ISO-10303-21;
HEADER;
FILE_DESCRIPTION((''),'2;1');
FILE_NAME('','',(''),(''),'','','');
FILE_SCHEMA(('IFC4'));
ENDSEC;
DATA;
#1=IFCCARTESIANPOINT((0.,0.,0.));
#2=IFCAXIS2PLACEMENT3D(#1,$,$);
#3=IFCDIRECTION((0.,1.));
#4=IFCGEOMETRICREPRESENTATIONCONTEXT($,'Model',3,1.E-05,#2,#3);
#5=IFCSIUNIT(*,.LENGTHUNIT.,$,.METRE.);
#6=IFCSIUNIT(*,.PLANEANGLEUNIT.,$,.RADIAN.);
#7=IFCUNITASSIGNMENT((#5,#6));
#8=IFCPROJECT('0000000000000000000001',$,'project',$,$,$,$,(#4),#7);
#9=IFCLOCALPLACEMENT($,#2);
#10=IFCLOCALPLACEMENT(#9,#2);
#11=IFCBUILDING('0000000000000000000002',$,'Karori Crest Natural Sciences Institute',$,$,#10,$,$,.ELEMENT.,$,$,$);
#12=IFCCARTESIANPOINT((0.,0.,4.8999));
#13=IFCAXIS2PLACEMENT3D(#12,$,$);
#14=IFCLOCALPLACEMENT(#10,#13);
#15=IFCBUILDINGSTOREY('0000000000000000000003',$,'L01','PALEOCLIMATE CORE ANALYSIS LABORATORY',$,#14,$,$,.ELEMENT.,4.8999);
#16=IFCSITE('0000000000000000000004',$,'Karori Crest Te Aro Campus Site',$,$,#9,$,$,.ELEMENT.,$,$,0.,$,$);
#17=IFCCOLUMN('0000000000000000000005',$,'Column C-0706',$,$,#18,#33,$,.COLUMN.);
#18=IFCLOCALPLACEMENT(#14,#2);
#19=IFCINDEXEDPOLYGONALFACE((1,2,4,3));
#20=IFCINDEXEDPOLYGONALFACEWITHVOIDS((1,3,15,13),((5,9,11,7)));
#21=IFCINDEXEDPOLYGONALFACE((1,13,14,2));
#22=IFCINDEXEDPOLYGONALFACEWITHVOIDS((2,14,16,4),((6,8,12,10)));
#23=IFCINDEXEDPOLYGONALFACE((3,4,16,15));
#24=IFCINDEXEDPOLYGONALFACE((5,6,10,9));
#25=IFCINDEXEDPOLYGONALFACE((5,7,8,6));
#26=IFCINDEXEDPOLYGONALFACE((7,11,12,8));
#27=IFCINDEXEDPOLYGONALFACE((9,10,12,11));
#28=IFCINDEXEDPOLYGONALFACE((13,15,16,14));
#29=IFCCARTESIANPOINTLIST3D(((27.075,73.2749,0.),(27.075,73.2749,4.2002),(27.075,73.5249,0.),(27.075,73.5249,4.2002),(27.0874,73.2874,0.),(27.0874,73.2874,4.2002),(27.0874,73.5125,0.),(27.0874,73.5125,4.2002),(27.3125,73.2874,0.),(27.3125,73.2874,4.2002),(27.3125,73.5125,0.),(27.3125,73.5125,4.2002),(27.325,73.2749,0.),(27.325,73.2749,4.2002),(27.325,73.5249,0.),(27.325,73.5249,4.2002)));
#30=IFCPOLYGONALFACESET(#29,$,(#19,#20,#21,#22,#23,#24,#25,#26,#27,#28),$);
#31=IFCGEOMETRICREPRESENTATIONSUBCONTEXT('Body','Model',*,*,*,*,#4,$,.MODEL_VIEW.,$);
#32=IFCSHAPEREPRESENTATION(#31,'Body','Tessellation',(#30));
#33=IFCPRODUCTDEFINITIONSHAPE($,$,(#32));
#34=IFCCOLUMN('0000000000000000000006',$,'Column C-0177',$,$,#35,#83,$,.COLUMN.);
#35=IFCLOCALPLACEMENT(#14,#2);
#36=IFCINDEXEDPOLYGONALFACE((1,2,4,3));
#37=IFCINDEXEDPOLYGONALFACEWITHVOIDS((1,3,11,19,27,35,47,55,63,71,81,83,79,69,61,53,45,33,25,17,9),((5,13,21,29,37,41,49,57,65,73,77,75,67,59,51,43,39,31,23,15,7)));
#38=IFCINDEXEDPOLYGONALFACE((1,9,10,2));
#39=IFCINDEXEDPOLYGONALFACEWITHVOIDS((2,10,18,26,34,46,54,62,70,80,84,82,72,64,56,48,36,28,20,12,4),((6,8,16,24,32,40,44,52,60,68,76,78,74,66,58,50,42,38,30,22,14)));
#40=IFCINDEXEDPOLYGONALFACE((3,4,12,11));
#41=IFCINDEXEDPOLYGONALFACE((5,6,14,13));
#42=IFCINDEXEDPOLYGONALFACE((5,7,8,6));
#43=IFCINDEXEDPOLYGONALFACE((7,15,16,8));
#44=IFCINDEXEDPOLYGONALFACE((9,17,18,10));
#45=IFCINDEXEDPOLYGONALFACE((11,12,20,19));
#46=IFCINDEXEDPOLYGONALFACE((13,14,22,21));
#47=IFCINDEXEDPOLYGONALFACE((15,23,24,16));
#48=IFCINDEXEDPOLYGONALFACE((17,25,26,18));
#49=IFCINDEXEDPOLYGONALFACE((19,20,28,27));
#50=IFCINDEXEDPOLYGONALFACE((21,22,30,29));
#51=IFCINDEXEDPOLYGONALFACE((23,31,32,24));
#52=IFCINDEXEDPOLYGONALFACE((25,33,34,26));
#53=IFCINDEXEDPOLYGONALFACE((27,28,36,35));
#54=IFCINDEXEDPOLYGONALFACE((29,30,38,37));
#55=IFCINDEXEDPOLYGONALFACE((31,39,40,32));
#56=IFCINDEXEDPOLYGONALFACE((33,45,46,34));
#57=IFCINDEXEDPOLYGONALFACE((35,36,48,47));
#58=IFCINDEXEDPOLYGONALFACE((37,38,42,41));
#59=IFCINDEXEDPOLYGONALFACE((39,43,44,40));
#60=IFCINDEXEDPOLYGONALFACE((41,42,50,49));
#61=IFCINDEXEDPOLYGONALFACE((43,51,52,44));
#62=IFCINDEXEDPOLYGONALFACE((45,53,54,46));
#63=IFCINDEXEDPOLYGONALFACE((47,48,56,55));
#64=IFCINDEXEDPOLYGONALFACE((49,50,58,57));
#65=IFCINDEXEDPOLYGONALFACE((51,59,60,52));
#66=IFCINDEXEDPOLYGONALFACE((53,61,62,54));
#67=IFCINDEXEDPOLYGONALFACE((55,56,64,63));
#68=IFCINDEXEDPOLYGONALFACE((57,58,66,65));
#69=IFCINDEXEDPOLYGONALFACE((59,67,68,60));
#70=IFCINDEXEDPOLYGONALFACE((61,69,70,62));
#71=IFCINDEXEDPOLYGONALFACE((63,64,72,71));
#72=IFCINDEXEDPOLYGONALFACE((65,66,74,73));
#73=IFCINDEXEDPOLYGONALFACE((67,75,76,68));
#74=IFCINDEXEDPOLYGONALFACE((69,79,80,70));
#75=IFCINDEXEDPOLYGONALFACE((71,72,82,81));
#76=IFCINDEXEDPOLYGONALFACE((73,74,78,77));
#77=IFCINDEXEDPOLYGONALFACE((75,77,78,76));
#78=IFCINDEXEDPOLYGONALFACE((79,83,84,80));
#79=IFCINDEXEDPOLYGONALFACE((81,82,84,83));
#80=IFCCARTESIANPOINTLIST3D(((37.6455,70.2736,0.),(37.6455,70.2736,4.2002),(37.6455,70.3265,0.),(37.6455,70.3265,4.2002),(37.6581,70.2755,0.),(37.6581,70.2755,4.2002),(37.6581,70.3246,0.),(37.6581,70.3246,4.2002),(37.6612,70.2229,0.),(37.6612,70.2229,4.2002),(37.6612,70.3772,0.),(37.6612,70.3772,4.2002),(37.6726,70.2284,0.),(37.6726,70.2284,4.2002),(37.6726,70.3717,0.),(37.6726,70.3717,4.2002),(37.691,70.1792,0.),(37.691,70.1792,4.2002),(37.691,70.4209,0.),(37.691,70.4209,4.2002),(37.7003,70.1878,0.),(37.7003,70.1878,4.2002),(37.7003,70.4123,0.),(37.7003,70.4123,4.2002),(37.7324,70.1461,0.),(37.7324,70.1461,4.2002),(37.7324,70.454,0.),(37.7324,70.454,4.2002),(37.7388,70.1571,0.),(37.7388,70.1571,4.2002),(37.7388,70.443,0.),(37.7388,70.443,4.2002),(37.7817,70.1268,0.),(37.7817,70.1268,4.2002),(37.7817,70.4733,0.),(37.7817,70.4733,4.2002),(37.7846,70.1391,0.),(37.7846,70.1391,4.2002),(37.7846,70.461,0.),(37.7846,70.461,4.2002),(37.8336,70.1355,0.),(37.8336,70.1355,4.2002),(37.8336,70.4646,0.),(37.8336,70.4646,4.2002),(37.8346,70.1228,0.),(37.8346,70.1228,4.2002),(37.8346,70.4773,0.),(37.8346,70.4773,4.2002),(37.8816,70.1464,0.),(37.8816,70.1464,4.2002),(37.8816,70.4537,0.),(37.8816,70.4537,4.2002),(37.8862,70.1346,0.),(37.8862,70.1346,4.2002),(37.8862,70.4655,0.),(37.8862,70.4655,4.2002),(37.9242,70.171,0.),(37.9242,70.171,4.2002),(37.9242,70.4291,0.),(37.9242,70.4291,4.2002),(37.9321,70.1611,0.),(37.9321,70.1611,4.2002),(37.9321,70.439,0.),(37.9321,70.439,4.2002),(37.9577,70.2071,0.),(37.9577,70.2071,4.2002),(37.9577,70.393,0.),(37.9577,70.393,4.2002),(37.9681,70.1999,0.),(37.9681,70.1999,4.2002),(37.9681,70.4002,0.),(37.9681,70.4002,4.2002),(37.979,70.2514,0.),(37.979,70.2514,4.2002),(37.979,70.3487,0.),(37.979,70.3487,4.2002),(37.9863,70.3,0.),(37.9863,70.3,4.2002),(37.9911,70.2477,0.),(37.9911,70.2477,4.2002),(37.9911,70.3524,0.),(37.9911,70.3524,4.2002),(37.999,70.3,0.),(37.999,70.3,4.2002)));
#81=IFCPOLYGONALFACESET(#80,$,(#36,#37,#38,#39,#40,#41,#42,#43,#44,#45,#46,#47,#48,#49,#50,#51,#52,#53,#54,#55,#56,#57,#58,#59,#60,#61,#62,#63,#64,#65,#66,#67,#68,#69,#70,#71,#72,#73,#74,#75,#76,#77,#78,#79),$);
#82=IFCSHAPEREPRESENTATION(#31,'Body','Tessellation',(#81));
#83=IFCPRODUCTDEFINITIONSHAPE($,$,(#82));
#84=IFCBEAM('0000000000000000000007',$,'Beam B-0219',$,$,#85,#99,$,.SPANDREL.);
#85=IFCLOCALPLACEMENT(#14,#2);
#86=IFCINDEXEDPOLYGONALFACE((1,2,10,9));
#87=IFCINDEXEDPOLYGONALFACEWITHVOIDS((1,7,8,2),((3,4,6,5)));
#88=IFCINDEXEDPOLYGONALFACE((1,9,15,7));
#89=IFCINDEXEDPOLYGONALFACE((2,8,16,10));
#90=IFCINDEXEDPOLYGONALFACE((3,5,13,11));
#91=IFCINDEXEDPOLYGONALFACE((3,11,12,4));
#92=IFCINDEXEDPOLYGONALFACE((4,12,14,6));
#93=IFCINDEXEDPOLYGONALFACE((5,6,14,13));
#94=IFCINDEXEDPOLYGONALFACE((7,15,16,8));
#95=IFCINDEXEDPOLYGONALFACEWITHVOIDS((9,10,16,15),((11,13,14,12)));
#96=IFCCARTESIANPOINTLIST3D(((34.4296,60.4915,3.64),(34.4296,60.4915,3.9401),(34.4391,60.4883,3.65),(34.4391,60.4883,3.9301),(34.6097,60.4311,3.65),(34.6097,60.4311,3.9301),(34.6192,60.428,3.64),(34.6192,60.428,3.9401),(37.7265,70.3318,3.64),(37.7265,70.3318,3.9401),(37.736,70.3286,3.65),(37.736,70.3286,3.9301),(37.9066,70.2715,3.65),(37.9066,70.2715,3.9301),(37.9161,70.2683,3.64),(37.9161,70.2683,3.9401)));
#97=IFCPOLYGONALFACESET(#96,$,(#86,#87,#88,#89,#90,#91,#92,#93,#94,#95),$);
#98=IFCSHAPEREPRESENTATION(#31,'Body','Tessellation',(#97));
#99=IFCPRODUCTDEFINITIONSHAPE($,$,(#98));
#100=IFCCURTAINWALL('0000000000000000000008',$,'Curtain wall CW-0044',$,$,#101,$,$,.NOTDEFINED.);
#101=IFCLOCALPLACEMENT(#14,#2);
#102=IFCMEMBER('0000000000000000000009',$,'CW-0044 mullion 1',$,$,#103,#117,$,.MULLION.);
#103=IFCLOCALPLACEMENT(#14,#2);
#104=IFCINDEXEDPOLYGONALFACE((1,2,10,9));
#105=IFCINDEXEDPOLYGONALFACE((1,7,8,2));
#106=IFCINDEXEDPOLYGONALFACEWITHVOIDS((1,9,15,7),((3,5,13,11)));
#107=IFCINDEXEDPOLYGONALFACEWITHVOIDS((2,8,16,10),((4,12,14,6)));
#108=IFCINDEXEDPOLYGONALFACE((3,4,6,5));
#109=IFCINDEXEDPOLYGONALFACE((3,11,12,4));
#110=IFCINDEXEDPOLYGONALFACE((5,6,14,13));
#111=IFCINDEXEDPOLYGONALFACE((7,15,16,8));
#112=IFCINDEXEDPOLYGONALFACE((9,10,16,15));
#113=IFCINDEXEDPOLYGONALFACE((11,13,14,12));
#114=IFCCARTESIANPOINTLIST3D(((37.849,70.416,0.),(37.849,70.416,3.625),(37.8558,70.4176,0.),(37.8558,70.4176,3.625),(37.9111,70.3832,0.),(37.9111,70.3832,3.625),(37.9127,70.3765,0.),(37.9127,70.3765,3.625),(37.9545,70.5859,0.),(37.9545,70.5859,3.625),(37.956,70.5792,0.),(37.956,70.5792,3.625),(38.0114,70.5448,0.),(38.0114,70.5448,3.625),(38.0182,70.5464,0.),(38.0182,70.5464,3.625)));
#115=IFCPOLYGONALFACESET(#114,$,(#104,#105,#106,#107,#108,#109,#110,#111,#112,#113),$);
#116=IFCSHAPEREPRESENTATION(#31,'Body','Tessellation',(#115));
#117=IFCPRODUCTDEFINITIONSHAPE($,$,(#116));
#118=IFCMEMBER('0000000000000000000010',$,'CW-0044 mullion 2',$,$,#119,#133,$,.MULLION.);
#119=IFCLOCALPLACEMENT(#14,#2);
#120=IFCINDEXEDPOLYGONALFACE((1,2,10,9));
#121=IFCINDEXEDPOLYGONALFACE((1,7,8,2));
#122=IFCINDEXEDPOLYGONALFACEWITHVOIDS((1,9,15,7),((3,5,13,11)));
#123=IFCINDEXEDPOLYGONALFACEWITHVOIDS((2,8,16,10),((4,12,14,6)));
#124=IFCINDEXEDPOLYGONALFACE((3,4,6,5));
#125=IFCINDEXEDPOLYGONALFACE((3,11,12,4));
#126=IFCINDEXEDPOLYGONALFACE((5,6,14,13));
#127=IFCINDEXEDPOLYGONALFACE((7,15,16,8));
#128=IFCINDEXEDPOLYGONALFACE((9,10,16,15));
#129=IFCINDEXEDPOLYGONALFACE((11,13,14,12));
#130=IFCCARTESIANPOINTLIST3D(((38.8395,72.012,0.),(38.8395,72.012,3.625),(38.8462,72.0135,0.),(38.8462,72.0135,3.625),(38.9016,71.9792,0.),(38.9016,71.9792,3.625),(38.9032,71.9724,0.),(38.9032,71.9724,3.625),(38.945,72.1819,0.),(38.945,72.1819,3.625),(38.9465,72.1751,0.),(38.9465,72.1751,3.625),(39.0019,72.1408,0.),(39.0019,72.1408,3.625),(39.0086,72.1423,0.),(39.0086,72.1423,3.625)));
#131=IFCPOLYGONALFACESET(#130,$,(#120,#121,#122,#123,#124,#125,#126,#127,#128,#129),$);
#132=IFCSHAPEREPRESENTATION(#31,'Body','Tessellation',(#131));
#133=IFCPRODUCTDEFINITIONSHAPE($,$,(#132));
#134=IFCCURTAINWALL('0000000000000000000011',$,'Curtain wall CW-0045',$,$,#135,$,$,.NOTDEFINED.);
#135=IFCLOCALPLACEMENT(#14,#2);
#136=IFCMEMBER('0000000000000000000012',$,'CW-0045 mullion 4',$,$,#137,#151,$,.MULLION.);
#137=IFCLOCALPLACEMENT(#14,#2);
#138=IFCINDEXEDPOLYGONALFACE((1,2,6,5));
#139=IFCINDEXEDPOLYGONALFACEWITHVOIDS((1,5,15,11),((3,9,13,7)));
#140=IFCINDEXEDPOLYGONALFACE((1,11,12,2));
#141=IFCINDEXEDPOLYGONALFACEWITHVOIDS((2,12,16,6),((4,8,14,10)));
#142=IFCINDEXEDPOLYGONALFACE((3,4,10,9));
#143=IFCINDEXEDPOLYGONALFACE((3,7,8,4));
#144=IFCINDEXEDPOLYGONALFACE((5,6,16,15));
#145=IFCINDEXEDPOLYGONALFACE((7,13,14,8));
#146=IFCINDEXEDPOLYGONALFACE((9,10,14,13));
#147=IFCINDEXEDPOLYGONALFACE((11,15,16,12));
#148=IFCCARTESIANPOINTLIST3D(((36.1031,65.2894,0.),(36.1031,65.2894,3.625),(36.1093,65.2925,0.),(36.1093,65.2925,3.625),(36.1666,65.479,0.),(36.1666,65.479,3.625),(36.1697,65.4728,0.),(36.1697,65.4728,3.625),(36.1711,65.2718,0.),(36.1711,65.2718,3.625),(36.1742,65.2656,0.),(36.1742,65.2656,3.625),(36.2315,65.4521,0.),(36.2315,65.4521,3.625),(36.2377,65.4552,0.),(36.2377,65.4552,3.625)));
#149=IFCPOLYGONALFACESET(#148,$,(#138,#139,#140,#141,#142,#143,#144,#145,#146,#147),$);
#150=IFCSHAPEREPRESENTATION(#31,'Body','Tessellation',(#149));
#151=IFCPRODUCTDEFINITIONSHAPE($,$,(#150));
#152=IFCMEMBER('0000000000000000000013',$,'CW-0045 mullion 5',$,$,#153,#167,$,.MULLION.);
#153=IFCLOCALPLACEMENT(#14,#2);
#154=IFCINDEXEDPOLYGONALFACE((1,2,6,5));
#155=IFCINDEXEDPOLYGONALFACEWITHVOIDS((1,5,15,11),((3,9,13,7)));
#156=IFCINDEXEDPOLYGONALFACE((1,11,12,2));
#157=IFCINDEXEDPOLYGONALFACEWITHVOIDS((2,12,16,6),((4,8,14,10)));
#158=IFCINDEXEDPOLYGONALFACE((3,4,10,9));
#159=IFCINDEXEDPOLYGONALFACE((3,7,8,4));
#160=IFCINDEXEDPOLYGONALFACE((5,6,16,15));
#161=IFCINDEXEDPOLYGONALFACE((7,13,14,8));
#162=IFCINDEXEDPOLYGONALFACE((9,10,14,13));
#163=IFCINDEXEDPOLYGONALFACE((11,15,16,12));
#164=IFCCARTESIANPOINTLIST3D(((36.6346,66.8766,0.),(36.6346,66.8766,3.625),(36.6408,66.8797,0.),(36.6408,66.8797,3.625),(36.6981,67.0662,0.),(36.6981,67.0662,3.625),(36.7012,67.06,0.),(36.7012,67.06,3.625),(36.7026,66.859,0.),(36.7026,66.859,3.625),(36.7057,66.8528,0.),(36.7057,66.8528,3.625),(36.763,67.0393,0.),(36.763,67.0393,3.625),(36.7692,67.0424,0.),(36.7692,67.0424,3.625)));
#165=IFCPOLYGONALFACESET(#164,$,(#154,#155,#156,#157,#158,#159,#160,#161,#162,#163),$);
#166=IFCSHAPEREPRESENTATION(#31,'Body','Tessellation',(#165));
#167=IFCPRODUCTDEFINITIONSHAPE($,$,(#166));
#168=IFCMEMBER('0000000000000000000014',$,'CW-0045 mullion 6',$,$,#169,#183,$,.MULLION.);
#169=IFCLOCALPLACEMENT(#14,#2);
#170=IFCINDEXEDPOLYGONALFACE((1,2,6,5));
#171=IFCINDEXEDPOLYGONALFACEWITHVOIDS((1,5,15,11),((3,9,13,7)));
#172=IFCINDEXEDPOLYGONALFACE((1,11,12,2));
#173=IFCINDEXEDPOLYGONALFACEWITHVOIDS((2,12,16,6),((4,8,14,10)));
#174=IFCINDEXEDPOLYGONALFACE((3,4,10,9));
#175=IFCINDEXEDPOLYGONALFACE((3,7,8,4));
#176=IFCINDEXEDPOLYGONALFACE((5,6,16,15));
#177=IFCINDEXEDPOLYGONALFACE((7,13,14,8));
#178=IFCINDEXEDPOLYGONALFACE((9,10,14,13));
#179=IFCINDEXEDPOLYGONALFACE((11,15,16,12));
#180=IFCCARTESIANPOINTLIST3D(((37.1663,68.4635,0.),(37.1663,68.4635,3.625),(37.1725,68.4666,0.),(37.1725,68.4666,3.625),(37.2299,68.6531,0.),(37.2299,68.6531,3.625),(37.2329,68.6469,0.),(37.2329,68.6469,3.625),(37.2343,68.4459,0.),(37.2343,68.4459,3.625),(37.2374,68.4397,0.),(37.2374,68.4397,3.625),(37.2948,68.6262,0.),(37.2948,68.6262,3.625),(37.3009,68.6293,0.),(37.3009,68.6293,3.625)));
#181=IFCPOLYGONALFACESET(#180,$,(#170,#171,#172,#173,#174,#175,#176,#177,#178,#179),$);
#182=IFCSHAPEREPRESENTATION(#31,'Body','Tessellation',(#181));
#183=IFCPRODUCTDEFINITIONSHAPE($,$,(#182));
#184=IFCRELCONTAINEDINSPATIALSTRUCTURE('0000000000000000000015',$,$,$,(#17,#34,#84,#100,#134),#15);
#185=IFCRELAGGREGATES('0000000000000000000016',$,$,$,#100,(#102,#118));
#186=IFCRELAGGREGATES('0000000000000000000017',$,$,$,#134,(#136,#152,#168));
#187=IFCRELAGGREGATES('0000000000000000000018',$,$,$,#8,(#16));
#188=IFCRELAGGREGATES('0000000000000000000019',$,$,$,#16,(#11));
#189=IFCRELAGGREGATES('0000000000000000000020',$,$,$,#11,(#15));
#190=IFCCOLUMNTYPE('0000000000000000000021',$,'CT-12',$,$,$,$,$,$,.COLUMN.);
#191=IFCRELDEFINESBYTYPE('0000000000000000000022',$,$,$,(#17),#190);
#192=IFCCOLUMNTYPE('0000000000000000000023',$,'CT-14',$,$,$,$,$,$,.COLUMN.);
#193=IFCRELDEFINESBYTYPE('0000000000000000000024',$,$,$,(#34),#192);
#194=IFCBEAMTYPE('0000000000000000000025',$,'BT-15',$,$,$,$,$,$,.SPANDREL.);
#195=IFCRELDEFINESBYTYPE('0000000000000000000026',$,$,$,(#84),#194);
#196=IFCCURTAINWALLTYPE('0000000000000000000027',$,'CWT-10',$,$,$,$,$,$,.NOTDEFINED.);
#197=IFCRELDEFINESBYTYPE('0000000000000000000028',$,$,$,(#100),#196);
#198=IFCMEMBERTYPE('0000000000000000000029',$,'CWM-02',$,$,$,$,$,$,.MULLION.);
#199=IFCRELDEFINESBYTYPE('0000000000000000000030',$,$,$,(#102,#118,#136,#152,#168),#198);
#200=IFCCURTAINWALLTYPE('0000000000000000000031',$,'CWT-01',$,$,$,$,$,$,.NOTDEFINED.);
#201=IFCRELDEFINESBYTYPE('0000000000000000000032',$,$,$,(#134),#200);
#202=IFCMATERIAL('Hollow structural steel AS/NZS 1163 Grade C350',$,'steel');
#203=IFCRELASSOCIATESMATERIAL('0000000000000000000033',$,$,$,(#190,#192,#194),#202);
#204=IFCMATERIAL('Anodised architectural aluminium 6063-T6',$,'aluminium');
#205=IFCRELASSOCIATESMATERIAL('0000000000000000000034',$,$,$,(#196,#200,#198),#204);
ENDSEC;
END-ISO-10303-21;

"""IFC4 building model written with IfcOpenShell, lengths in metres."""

from ifc_helpers import new_model, si_unit, direction, frame, origin, origin_2d, place, context, subcontext, project, spatial, hollow_rectangle, hollow_circle, extrude, material, material_profile, profile_set, type_object, element, aggregate, save


model = new_model("IFC4")

# Units and contexts
model_context = context("Model", 3, precision=1e-05, world=origin(), true_north=direction((0.0, 1.0)))
body_context = subcontext(model_context, "Body", "Model", "MODEL_VIEW")
ifc_project = project(units=[si_unit("LENGTHUNIT", "METRE"), si_unit("PLANEANGLEUNIT", "RADIAN")], contexts=[model_context])

# Site, building, storey
site_placement = place(None, origin())
site = spatial("IfcSite", under=ifc_project, at=site_placement, Name="Karori Crest Te Aro Campus Site", CompositionType="ELEMENT", RefElevation=0.0)
building_placement = place(site_placement, origin())
building = spatial("IfcBuilding", under=site, at=building_placement, Name="Karori Crest Natural Sciences Institute", CompositionType="ELEMENT")
storey_placement = place(building_placement, frame((0.0, 0.0, 4.8999)))
storey = spatial("IfcBuildingStorey", under=building, at=storey_placement, Name="L01", Description="PALEOCLIMATE CORE ANALYSIS LABORATORY", CompositionType="ELEMENT", Elevation=4.8999)

# Columns
ifc_material_1 = material(Name="Hollow structural steel AS/NZS 1163 Grade C350", Category="steel")
ifc_material_profile_1 = material_profile(ifc_material_1, hollow_rectangle(XDim=0.25, YDim=0.25, WallThickness=0.0125, at=origin_2d()), Name="SHS250x250x12.5")
ifc_profile_set_1 = profile_set([ifc_material_profile_1], Name="Hollow structural steel AS/NZS 1163 Grade C350")
column_type_1 = type_object("IfcColumnType", Name="CT-12", PredefinedType="COLUMN", material=ifc_profile_set_1)
column_1_placement = place(storey_placement, frame((27.2, 73.3999, 0.0), z_axis=(0.0, 0.0, 1.0), x_axis=(1.0, 0.0, 0.0)))
element("IfcColumn", 1, at=column_1_placement, inside=storey, type_object=column_type_1, Name="Column C-0706", PredefinedType="COLUMN", context=body_context, shape_type="SweptSolid", body=[
    extrude(hollow_rectangle(XDim=0.25, YDim=0.25, WallThickness=0.0125, at=origin_2d()), origin(), (0.0, 0.0, 1.0), 4.2002),
])
ifc_material_profile_2 = material_profile(ifc_material_1, hollow_circle(Radius=0.1777, WallThickness=0.0127, at=origin_2d()), Name="CHS355.6x12.7")
ifc_profile_set_2 = profile_set([ifc_material_profile_2], Name="Hollow structural steel AS/NZS 1163 Grade C350")
column_type_2 = type_object("IfcColumnType", Name="CT-14", PredefinedType="COLUMN", material=ifc_profile_set_2)
column_2_placement = place(storey_placement, frame((37.8213, 70.3, 0.0), z_axis=(0.0, 0.0, 1.0), x_axis=(1.0, 0.0, 0.0)))
element("IfcColumn", 2, at=column_2_placement, inside=storey, type_object=column_type_2, Name="Column C-0177", PredefinedType="COLUMN", context=body_context, shape_type="SweptSolid", body=[
    extrude(hollow_circle(Radius=0.1777, WallThickness=0.0127, at=origin_2d()), origin(), (0.0, 0.0, 1.0), 4.2002),
])

# Beam
ifc_material_profile_3 = material_profile(ifc_material_1, hollow_rectangle(XDim=0.2, YDim=0.3, WallThickness=0.01, at=origin_2d()), Name="RHS300x200x10")
ifc_profile_set_3 = profile_set([ifc_material_profile_3], Name="Hollow structural steel AS/NZS 1163 Grade C350")
beam_type = type_object("IfcBeamType", Name="BT-15", PredefinedType="SPANDREL", material=ifc_profile_set_3)
beam_placement = place(storey_placement, frame((37.8213, 70.3, 3.79), z_axis=(-0.317681, -0.948198, 0.0), x_axis=(0.948198, -0.317681, 0.0)))
element("IfcBeam", 3, at=beam_placement, inside=storey, type_object=beam_type, Name="Beam B-0219", PredefinedType="SPANDREL", context=body_context, shape_type="SweptSolid", body=[
    extrude(hollow_rectangle(XDim=0.2, YDim=0.3, WallThickness=0.01, at=origin_2d()), origin(), (0.0, 0.0, 1.0), 10.3779),
])

# Curtain walls, members
ifc_material_2 = material(Name="Anodised architectural aluminium 6063-T6", Category="aluminium")
curtain_wall_type_1 = type_object("IfcCurtainWallType", Name="CWT-10", PredefinedType="NOTDEFINED", material=ifc_material_2)
curtain_wall_1_placement = place(storey_placement, origin())
curtain_wall_1 = element("IfcCurtainWall", 4, at=curtain_wall_1_placement, inside=storey, type_object=curtain_wall_type_1, Name="Curtain wall CW-0044", PredefinedType="NOTDEFINED")
ifc_material_profile_4 = material_profile(ifc_material_2, hollow_rectangle(XDim=0.075, YDim=0.2, WallThickness=0.0049, at=origin_2d()), Name="CWM200x75x5")
ifc_profile_set_4 = profile_set([ifc_material_profile_4], Name="Anodised architectural aluminium 6063-T6")
member_type_1 = type_object("IfcMemberType", Name="CWM-02", PredefinedType="MULLION", material=ifc_profile_set_4)
member_1_placement = place(storey_placement, frame((37.9336, 70.4812, 0.0), z_axis=(0.0, 0.0, 1.0), x_axis=(-0.849662, 0.527328, 0.0)))
member_1 = element("IfcMember", 5, at=member_1_placement, type_object=member_type_1, Name="CW-0044 mullion 1", PredefinedType="MULLION", context=body_context, shape_type="SweptSolid", body=[
    extrude(hollow_rectangle(XDim=0.075, YDim=0.2, WallThickness=0.0049, at=origin_2d()), origin(), (0.0, 0.0, 1.0), 3.625),
])
member_2_placement = place(storey_placement, frame((38.9241, 72.0771, 0.0), z_axis=(0.0, 0.0, 1.0), x_axis=(-0.849662, 0.527328, 0.0)))
member_2 = element("IfcMember", 6, at=member_2_placement, type_object=member_type_1, Name="CW-0044 mullion 2", PredefinedType="MULLION", context=body_context, shape_type="SweptSolid", body=[
    extrude(hollow_rectangle(XDim=0.075, YDim=0.2, WallThickness=0.0049, at=origin_2d()), origin(), (0.0, 0.0, 1.0), 3.625),
])
curtain_wall_type_2 = type_object("IfcCurtainWallType", Name="CWT-01", PredefinedType="NOTDEFINED", material=ifc_material_2)
curtain_wall_2_placement = place(storey_placement, origin())
curtain_wall_2 = element("IfcCurtainWall", 7, at=curtain_wall_2_placement, inside=storey, type_object=curtain_wall_type_2, Name="Curtain wall CW-0045", PredefinedType="NOTDEFINED")
member_3_placement = place(storey_placement, frame((36.1704, 65.3723, 0.0), z_axis=(0.0, 0.0, 1.0), x_axis=(-0.948196, 0.317685, 0.0)))
member_3 = element("IfcMember", 8, at=member_3_placement, type_object=member_type_1, Name="CW-0045 mullion 4", PredefinedType="MULLION", context=body_context, shape_type="SweptSolid", body=[
    extrude(hollow_rectangle(XDim=0.075, YDim=0.2, WallThickness=0.0049, at=origin_2d()), origin(), (0.0, 0.0, 1.0), 3.625),
])
member_4_placement = place(storey_placement, frame((36.7019, 66.9595, 0.0), z_axis=(0.0, 0.0, 1.0), x_axis=(-0.948196, 0.317685, 0.0)))
member_4 = element("IfcMember", 9, at=member_4_placement, type_object=member_type_1, Name="CW-0045 mullion 5", PredefinedType="MULLION", context=body_context, shape_type="SweptSolid", body=[
    extrude(hollow_rectangle(XDim=0.075, YDim=0.2, WallThickness=0.0049, at=origin_2d()), origin(), (0.0, 0.0, 1.0), 3.625),
])
member_5_placement = place(storey_placement, frame((37.2336, 68.5464, 0.0), z_axis=(0.0, 0.0, 1.0), x_axis=(-0.948196, 0.317685, 0.0)))
member_5 = element("IfcMember", 10, at=member_5_placement, type_object=member_type_1, Name="CW-0045 mullion 6", PredefinedType="MULLION", context=body_context, shape_type="SweptSolid", body=[
    extrude(hollow_rectangle(XDim=0.075, YDim=0.2, WallThickness=0.0049, at=origin_2d()), origin(), (0.0, 0.0, 1.0), 3.625),
])

aggregate(curtain_wall_1, [member_1, member_2])
aggregate(curtain_wall_2, [member_3, member_4, member_5])

save(model, "model.ifc")
